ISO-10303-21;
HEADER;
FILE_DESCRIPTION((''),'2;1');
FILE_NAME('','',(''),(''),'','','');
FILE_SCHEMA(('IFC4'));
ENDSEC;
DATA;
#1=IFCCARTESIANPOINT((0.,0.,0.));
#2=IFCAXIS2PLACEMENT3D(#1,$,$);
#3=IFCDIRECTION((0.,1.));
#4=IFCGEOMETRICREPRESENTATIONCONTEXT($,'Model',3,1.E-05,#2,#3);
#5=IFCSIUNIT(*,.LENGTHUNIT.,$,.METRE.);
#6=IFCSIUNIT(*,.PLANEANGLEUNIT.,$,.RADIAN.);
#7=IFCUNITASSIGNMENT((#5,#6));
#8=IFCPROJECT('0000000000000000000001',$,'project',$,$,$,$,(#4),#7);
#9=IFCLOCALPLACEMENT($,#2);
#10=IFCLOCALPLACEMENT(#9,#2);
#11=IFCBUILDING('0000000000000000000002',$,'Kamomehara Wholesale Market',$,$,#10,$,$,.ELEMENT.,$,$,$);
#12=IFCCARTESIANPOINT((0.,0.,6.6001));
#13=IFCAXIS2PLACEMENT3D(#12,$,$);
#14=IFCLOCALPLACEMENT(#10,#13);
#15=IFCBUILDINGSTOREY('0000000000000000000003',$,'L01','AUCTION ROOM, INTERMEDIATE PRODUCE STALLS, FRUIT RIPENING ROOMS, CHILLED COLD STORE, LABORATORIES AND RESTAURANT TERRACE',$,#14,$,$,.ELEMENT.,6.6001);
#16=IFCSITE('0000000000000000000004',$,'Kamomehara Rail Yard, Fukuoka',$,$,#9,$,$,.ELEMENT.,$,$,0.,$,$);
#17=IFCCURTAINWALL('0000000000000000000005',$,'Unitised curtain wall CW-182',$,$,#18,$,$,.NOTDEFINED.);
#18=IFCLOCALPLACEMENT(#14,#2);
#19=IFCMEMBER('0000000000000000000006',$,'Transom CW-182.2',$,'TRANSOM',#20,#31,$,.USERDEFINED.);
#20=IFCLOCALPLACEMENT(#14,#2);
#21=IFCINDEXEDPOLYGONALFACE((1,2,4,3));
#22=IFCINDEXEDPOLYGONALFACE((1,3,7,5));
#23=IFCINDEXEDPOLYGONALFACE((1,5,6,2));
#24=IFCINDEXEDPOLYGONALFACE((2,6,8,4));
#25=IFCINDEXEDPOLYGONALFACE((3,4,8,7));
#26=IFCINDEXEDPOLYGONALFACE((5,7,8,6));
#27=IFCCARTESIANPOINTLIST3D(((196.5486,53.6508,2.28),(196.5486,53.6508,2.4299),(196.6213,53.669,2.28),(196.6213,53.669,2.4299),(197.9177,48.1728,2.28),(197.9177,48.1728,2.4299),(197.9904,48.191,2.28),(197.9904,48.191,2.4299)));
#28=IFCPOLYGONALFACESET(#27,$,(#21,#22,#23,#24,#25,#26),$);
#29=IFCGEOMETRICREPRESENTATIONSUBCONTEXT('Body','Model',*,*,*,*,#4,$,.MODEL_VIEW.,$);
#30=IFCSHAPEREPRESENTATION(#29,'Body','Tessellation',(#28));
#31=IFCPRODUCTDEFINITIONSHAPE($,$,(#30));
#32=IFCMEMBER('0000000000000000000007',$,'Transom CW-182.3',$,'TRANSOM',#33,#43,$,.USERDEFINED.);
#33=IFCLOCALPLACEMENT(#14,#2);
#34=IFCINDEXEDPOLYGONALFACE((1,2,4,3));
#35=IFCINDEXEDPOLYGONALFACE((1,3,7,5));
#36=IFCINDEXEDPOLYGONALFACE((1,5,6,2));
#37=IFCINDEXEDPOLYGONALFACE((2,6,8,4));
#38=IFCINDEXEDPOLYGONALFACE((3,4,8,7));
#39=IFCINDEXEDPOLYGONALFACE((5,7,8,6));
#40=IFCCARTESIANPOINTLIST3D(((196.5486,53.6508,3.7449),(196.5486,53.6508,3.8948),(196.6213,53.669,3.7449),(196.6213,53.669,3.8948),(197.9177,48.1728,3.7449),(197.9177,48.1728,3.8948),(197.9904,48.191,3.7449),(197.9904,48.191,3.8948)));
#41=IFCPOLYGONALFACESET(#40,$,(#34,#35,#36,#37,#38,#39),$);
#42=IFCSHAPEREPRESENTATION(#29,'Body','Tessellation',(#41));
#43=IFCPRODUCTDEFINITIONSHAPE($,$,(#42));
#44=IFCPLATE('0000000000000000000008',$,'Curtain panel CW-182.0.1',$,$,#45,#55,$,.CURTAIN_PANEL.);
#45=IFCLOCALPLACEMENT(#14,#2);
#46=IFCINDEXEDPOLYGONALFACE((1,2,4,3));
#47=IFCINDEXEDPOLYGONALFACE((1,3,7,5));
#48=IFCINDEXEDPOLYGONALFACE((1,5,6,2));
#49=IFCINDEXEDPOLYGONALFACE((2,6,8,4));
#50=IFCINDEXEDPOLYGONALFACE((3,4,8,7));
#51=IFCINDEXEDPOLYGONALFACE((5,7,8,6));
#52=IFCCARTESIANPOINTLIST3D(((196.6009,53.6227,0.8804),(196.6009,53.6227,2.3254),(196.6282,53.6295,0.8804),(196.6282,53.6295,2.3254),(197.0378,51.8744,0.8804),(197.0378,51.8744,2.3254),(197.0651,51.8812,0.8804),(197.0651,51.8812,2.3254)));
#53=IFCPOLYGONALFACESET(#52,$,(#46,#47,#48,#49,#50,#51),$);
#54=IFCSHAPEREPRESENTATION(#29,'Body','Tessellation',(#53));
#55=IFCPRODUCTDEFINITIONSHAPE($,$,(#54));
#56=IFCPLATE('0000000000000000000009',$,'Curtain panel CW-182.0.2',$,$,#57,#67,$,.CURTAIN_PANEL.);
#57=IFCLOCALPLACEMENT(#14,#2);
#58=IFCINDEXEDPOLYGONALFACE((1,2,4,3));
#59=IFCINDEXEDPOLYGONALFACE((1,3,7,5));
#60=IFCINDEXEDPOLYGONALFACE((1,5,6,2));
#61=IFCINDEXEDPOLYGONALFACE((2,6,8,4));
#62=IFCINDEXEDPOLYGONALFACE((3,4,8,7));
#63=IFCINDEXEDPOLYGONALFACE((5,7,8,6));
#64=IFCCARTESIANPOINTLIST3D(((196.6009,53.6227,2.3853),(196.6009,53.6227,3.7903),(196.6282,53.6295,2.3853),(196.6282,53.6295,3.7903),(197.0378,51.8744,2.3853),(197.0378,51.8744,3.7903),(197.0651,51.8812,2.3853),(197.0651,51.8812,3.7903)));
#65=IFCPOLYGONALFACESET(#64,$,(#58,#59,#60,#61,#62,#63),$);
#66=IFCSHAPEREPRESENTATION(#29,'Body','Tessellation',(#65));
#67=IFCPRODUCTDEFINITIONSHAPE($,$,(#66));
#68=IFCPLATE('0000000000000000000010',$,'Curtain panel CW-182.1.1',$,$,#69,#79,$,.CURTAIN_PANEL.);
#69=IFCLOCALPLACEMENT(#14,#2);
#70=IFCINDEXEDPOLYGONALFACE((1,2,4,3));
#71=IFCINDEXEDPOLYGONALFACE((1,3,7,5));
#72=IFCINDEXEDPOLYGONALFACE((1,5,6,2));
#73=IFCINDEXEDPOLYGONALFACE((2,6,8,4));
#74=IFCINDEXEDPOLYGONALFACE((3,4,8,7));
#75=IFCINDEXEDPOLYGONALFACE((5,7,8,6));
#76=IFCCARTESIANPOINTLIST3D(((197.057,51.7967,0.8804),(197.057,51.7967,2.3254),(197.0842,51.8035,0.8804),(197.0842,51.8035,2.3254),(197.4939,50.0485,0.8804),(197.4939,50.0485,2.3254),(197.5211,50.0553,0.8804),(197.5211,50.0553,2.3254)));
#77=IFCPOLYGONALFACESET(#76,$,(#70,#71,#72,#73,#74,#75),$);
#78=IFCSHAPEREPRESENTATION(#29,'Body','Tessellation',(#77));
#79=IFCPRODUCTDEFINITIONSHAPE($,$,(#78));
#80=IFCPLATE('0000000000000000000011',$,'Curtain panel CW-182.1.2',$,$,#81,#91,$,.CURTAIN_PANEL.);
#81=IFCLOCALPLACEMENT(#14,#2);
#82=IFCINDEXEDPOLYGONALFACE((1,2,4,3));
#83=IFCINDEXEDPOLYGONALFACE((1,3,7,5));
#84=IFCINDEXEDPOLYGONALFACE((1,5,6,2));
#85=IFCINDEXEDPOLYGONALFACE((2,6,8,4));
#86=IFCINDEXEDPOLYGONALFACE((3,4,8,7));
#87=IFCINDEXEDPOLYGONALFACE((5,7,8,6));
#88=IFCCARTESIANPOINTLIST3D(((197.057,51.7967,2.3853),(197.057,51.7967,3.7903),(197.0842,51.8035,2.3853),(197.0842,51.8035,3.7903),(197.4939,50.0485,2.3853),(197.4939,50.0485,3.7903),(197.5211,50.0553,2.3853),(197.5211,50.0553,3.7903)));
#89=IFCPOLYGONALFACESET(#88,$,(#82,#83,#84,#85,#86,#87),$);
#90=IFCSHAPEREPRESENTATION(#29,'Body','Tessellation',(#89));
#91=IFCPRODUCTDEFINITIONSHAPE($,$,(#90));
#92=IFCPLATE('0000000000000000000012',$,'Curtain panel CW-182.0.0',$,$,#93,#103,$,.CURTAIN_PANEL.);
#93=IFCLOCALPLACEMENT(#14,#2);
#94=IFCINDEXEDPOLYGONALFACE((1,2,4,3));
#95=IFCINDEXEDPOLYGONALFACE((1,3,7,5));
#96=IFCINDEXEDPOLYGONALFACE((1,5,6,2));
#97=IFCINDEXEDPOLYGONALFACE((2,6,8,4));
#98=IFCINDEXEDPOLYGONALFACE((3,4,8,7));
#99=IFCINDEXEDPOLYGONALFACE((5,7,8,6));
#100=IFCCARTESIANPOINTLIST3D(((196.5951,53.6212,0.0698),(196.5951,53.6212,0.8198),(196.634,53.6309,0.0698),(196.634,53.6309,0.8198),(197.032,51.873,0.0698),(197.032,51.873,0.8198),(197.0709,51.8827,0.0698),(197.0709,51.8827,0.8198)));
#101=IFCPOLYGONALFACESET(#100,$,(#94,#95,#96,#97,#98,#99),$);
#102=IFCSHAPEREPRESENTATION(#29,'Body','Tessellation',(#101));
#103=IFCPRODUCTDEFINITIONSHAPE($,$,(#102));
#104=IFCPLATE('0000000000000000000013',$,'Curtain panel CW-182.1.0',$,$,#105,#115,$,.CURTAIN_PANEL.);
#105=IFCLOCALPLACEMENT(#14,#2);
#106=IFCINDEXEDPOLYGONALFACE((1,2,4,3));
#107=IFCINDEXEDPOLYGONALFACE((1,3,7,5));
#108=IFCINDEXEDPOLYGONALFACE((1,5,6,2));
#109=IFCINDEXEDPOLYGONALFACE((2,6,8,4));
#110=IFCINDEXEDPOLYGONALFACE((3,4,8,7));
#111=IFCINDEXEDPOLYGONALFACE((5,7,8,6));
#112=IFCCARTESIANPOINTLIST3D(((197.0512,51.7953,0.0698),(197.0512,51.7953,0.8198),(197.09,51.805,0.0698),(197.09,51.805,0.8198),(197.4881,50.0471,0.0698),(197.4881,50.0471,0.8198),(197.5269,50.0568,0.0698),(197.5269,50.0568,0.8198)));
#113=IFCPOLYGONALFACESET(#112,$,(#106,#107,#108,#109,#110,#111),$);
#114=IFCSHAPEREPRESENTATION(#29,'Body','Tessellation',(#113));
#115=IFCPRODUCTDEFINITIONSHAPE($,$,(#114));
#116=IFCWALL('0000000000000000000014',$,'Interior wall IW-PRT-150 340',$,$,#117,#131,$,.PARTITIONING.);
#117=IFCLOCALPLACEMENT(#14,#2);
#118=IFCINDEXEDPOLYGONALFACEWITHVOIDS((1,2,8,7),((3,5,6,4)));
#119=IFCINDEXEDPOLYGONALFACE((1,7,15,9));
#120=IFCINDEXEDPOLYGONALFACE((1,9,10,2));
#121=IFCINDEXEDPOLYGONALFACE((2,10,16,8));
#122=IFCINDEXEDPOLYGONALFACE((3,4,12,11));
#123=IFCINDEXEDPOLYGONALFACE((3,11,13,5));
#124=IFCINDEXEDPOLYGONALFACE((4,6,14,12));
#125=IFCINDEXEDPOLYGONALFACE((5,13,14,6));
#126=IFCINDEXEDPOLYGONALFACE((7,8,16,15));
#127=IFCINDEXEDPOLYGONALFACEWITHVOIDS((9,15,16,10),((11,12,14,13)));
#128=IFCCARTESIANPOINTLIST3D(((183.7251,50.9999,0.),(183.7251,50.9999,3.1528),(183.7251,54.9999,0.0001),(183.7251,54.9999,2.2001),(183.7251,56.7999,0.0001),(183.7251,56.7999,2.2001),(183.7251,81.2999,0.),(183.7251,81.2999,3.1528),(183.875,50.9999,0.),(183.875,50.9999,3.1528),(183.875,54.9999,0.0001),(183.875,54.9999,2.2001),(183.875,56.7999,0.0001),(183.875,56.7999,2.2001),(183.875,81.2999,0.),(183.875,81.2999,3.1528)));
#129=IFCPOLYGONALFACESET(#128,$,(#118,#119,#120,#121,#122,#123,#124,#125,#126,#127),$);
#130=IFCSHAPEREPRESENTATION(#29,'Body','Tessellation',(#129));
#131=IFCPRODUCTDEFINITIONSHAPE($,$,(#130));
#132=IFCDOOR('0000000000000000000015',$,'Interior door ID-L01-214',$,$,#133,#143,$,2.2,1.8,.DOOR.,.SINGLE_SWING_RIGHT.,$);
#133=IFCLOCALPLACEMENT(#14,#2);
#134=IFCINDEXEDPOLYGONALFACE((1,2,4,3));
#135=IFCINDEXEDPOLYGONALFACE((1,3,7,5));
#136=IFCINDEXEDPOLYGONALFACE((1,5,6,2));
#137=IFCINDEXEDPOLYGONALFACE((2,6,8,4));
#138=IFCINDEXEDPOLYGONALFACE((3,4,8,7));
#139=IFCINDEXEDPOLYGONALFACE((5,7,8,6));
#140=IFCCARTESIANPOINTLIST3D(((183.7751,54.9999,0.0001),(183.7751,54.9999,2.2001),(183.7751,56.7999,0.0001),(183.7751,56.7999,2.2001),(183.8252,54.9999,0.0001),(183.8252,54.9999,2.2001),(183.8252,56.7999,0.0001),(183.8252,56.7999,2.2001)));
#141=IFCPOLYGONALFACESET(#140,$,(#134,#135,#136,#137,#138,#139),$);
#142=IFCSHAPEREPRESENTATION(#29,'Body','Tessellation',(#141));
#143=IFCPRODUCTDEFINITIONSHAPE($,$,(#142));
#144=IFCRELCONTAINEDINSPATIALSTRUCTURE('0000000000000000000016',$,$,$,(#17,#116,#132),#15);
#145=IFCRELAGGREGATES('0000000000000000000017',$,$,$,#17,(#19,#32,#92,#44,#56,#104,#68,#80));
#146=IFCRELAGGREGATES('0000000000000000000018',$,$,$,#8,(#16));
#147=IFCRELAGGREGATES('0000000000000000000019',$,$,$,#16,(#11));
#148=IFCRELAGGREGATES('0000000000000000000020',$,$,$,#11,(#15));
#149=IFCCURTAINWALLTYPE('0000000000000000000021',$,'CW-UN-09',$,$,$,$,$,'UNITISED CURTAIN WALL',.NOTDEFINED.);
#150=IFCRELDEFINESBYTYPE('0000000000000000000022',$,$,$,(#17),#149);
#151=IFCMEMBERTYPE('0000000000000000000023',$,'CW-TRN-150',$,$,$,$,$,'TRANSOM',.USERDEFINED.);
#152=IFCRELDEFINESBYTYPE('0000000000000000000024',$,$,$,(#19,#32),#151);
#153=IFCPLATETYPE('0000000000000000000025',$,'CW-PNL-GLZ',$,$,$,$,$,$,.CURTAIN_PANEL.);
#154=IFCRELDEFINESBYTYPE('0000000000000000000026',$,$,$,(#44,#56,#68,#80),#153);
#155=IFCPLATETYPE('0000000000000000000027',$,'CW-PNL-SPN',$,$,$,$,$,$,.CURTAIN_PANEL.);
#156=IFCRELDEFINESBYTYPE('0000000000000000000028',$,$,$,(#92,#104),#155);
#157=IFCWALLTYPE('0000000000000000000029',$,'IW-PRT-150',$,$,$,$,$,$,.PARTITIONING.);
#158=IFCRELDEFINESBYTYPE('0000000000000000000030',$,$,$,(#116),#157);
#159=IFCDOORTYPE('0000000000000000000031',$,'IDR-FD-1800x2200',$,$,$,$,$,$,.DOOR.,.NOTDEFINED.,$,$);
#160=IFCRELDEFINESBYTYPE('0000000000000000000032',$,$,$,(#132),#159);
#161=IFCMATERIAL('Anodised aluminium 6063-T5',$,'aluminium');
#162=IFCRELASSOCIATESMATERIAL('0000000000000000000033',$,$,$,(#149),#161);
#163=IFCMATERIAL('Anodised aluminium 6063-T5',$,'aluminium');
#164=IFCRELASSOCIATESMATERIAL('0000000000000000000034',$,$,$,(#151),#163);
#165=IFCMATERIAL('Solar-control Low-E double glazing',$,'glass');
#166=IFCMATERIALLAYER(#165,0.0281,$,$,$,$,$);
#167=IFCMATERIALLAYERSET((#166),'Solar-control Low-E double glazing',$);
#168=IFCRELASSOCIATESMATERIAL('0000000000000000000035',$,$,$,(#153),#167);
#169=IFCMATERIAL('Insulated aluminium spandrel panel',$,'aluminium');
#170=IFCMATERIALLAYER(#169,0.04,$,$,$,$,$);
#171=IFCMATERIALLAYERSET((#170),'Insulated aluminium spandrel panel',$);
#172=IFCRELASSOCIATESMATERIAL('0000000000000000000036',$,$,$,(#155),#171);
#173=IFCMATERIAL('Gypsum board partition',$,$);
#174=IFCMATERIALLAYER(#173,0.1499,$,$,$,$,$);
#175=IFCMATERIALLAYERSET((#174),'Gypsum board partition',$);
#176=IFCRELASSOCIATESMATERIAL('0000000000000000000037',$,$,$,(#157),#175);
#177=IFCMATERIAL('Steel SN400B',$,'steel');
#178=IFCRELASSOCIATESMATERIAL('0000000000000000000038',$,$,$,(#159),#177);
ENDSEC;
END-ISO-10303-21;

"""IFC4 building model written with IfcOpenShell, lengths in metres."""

from ifc_helpers import new_model, si_unit, direction, frame, frame_2d, origin, origin_2d, place, context, subcontext, project, spatial, rectangle, extrude, material, layer, layer_set, material_profile, profile_set, type_object, element, fill, aggregate, save


model = new_model("IFC4")

# Units and contexts
model_context = context("Model", 3, precision=1e-05, world=origin(), true_north=direction((0.0, 1.0)))
body_context = subcontext(model_context, "Body", "Model", "MODEL_VIEW")
ifc_project = project(units=[si_unit("LENGTHUNIT", "METRE"), si_unit("PLANEANGLEUNIT", "RADIAN")], contexts=[model_context])

# Site, building, storey
site_placement = place(None, origin())
site = spatial("IfcSite", under=ifc_project, at=site_placement, Name="Kamomehara Rail Yard, Fukuoka", CompositionType="ELEMENT", RefElevation=0.0)
building_placement = place(site_placement, origin())
building = spatial("IfcBuilding", under=site, at=building_placement, Name="Kamomehara Wholesale Market", CompositionType="ELEMENT")
storey_placement = place(building_placement, frame((0.0, 0.0, 6.6001)))
storey = spatial("IfcBuildingStorey", under=building, at=storey_placement, Name="L01", Description="AUCTION ROOM, INTERMEDIATE PRODUCE STALLS, FRUIT RIPENING ROOMS, CHILLED COLD STORE, LABORATORIES AND RESTAURANT TERRACE", CompositionType="ELEMENT", Elevation=6.6001)

# Shared definitions
ifc_material_1 = material(Name="Anodised aluminium 6063-T5", Category="aluminium")
curtain_wall_type = type_object("IfcCurtainWallType", Name="CW-UN-09", ElementType="UNITISED CURTAIN WALL", PredefinedType="NOTDEFINED", material=ifc_material_1)

# Curtain wall, members, plates
curtain_wall_1_placement = place(storey_placement, origin())
curtain_wall_1 = element("IfcCurtainWall", 1, at=curtain_wall_1_placement, inside=storey, type_object=curtain_wall_type, Name="Unitised curtain wall CW-182", PredefinedType="NOTDEFINED")
ifc_material_2 = material(Name="Anodised aluminium 6063-T5", Category="aluminium")
ifc_material_profile_1 = material_profile(ifc_material_2, rectangle(XDim=0.075, YDim=0.1499, at=origin_2d()), Name="ALU-TRN-75x150")
ifc_profile_set_1 = profile_set([ifc_material_profile_1], Name="Anodised aluminium 6063-T5")
member_type_1 = type_object("IfcMemberType", Name="CW-TRN-150", ElementType="TRANSOM", PredefinedType="USERDEFINED", material=ifc_profile_set_1)
member_1_placement = place(storey_placement, frame((196.585, 53.6599, 2.355), z_axis=(0.242475, -0.970158, 0.0), x_axis=(0.970158, 0.242475, 0.0)))
member_1 = element("IfcMember", 2, at=member_1_placement, type_object=member_type_1, Name="Transom CW-182.2", ObjectType="TRANSOM", PredefinedType="USERDEFINED", context=body_context, shape_type="SweptSolid", body=[
    extrude(rectangle(XDim=0.075, YDim=0.1499, at=origin_2d()), origin(), (0.0, 0.0, 1.0), 5.6465),
])
member_2_placement = place(storey_placement, frame((196.585, 53.6599, 3.8198), z_axis=(0.242475, -0.970158, 0.0), x_axis=(0.970158, 0.242475, 0.0)))
member_2 = element("IfcMember", 3, at=member_2_placement, type_object=member_type_1, Name="Transom CW-182.3", ObjectType="TRANSOM", PredefinedType="USERDEFINED", context=body_context, shape_type="SweptSolid", body=[
    extrude(rectangle(XDim=0.075, YDim=0.1499, at=origin_2d()), origin(), (0.0, 0.0, 1.0), 5.6465),
])
ifc_material_3 = material(Name="Solar-control Low-E double glazing", Category="glass")
ifc_layer_1 = layer(ifc_material_3, 0.0281)
ifc_layer_set_1 = layer_set([ifc_layer_1], Name="Solar-control Low-E double glazing")
plate_type_1 = type_object("IfcPlateType", Name="CW-PNL-GLZ", PredefinedType="CURTAIN_PANEL", material=ifc_layer_set_1)
plate_1_placement = place(storey_placement, frame((196.833, 52.752, 0.8804), z_axis=(0.0, 0.0, 1.0), x_axis=(0.242447, -0.970165, 0.0)))
plate_1 = element("IfcPlate", 4, at=plate_1_placement, type_object=plate_type_1, Name="Curtain panel CW-182.0.1", PredefinedType="CURTAIN_PANEL", context=body_context, shape_type="SweptSolid", body=[
    extrude(rectangle(XDim=1.802, YDim=0.0281, at=origin_2d()), origin(), (0.0, 0.0, 1.0), 1.4451),
])
plate_2_placement = place(storey_placement, frame((196.833, 52.752, 2.3853), z_axis=(0.0, 0.0, 1.0), x_axis=(0.242447, -0.970165, 0.0)))
plate_2 = element("IfcPlate", 5, at=plate_2_placement, type_object=plate_type_1, Name="Curtain panel CW-182.0.2", PredefinedType="CURTAIN_PANEL", context=body_context, shape_type="SweptSolid", body=[
    extrude(rectangle(XDim=1.802, YDim=0.0281, at=origin_2d()), origin(), (0.0, 0.0, 1.0), 1.405),
])
plate_3_placement = place(storey_placement, frame((197.2891, 50.926, 0.8804), z_axis=(0.0, 0.0, 1.0), x_axis=(0.242447, -0.970165, 0.0)))
plate_3 = element("IfcPlate", 6, at=plate_3_placement, type_object=plate_type_1, Name="Curtain panel CW-182.1.1", PredefinedType="CURTAIN_PANEL", context=body_context, shape_type="SweptSolid", body=[
    extrude(rectangle(XDim=1.802, YDim=0.0281, at=origin_2d()), origin(), (0.0, 0.0, 1.0), 1.4451),
])
plate_4_placement = place(storey_placement, frame((197.2891, 50.926, 2.3853), z_axis=(0.0, 0.0, 1.0), x_axis=(0.242447, -0.970165, 0.0)))
plate_4 = element("IfcPlate", 7, at=plate_4_placement, type_object=plate_type_1, Name="Curtain panel CW-182.1.2", PredefinedType="CURTAIN_PANEL", context=body_context, shape_type="SweptSolid", body=[
    extrude(rectangle(XDim=1.802, YDim=0.0281, at=origin_2d()), origin(), (0.0, 0.0, 1.0), 1.405),
])
ifc_material_4 = material(Name="Insulated aluminium spandrel panel", Category="aluminium")
ifc_layer_2 = layer(ifc_material_4, 0.04)
ifc_layer_set_2 = layer_set([ifc_layer_2], Name="Insulated aluminium spandrel panel")
plate_type_2 = type_object("IfcPlateType", Name="CW-PNL-SPN", PredefinedType="CURTAIN_PANEL", material=ifc_layer_set_2)
plate_5_placement = place(storey_placement, frame((196.833, 52.752, 0.0698), z_axis=(0.0, 0.0, 1.0), x_axis=(0.242447, -0.970165, 0.0)))
plate_5 = element("IfcPlate", 8, at=plate_5_placement, type_object=plate_type_2, Name="Curtain panel CW-182.0.0", PredefinedType="CURTAIN_PANEL", context=body_context, shape_type="SweptSolid", body=[
    extrude(rectangle(XDim=1.802, YDim=0.04, at=origin_2d()), origin(), (0.0, 0.0, 1.0), 0.75),
])
plate_6_placement = place(storey_placement, frame((197.2891, 50.926, 0.0698), z_axis=(0.0, 0.0, 1.0), x_axis=(0.242447, -0.970165, 0.0)))
plate_6 = element("IfcPlate", 9, at=plate_6_placement, type_object=plate_type_2, Name="Curtain panel CW-182.1.0", PredefinedType="CURTAIN_PANEL", context=body_context, shape_type="SweptSolid", body=[
    extrude(rectangle(XDim=1.802, YDim=0.04, at=origin_2d()), origin(), (0.0, 0.0, 1.0), 0.75),
])
aggregate(curtain_wall_1, [member_1, member_2, plate_5, plate_1, plate_2, plate_6, plate_3, plate_4])

# Wall, opening, door
ifc_material_5 = material(Name="Gypsum board partition")
ifc_layer_3 = layer(ifc_material_5, 0.1499)
ifc_layer_set_3 = layer_set([ifc_layer_3], Name="Gypsum board partition")
wall_type = type_object("IfcWallType", Name="IW-PRT-150", PredefinedType="PARTITIONING", material=ifc_layer_set_3)
wall_placement = place(storey_placement, frame((183.8, 51.0, 0.0), z_axis=(0.0, 0.0, 1.0), x_axis=(0.0, 1.0, 0.0)))
wall = element("IfcWall", 10, at=wall_placement, inside=storey, type_object=wall_type, Name="Interior wall IW-PRT-150 340", PredefinedType="PARTITIONING", context=body_context, shape_type="SweptSolid", body=[
    extrude(rectangle(XDim=30.3, YDim=0.1499, at=frame_2d((15.1499, 0.0))), origin(), (0.0, 0.0, 1.0), 3.1528),
])
opening_placement = place(wall_placement, frame((4.0, 0.0, 0.0)))
opening = element("IfcOpeningElement", 11, at=opening_placement, cuts=wall, PredefinedType="OPENING", context=body_context, shape_type="SweptSolid", body=[
    extrude(rectangle(XDim=1.8, YDim=2.2, at=frame_2d((0.8999, 1.1001))), frame((0.0, 0.0898, 0.0), z_axis=(0.0, -1.0, 0.0), x_axis=(1.0, 0.0, 0.0)), (0.0, 0.0, 1.0), 0.1797),
])
ifc_material_6 = material(Name="Steel SN400B", Category="steel")
door_type = type_object("IfcDoorType", Name="IDR-FD-1800x2200", OperationType="NOTDEFINED", PredefinedType="DOOR", material=ifc_material_6)
door_placement = place(opening_placement, origin())
door = element("IfcDoor", 12, at=door_placement, inside=storey, type_object=door_type, Name="Interior door ID-L01-214", OperationType="SINGLE_SWING_RIGHT", OverallHeight=2.2, OverallWidth=1.8, PredefinedType="DOOR", context=body_context, shape_type="SweptSolid", body=[
    extrude(rectangle(XDim=1.8, YDim=2.2, at=frame_2d((0.8999, 1.1001))), frame((0.0, 0.0249, 0.0), z_axis=(0.0, -1.0, 0.0), x_axis=(1.0, 0.0, 0.0)), (0.0, 0.0, 1.0), 0.05),
])
fill(opening, door)

save(model, "model.ifc")
